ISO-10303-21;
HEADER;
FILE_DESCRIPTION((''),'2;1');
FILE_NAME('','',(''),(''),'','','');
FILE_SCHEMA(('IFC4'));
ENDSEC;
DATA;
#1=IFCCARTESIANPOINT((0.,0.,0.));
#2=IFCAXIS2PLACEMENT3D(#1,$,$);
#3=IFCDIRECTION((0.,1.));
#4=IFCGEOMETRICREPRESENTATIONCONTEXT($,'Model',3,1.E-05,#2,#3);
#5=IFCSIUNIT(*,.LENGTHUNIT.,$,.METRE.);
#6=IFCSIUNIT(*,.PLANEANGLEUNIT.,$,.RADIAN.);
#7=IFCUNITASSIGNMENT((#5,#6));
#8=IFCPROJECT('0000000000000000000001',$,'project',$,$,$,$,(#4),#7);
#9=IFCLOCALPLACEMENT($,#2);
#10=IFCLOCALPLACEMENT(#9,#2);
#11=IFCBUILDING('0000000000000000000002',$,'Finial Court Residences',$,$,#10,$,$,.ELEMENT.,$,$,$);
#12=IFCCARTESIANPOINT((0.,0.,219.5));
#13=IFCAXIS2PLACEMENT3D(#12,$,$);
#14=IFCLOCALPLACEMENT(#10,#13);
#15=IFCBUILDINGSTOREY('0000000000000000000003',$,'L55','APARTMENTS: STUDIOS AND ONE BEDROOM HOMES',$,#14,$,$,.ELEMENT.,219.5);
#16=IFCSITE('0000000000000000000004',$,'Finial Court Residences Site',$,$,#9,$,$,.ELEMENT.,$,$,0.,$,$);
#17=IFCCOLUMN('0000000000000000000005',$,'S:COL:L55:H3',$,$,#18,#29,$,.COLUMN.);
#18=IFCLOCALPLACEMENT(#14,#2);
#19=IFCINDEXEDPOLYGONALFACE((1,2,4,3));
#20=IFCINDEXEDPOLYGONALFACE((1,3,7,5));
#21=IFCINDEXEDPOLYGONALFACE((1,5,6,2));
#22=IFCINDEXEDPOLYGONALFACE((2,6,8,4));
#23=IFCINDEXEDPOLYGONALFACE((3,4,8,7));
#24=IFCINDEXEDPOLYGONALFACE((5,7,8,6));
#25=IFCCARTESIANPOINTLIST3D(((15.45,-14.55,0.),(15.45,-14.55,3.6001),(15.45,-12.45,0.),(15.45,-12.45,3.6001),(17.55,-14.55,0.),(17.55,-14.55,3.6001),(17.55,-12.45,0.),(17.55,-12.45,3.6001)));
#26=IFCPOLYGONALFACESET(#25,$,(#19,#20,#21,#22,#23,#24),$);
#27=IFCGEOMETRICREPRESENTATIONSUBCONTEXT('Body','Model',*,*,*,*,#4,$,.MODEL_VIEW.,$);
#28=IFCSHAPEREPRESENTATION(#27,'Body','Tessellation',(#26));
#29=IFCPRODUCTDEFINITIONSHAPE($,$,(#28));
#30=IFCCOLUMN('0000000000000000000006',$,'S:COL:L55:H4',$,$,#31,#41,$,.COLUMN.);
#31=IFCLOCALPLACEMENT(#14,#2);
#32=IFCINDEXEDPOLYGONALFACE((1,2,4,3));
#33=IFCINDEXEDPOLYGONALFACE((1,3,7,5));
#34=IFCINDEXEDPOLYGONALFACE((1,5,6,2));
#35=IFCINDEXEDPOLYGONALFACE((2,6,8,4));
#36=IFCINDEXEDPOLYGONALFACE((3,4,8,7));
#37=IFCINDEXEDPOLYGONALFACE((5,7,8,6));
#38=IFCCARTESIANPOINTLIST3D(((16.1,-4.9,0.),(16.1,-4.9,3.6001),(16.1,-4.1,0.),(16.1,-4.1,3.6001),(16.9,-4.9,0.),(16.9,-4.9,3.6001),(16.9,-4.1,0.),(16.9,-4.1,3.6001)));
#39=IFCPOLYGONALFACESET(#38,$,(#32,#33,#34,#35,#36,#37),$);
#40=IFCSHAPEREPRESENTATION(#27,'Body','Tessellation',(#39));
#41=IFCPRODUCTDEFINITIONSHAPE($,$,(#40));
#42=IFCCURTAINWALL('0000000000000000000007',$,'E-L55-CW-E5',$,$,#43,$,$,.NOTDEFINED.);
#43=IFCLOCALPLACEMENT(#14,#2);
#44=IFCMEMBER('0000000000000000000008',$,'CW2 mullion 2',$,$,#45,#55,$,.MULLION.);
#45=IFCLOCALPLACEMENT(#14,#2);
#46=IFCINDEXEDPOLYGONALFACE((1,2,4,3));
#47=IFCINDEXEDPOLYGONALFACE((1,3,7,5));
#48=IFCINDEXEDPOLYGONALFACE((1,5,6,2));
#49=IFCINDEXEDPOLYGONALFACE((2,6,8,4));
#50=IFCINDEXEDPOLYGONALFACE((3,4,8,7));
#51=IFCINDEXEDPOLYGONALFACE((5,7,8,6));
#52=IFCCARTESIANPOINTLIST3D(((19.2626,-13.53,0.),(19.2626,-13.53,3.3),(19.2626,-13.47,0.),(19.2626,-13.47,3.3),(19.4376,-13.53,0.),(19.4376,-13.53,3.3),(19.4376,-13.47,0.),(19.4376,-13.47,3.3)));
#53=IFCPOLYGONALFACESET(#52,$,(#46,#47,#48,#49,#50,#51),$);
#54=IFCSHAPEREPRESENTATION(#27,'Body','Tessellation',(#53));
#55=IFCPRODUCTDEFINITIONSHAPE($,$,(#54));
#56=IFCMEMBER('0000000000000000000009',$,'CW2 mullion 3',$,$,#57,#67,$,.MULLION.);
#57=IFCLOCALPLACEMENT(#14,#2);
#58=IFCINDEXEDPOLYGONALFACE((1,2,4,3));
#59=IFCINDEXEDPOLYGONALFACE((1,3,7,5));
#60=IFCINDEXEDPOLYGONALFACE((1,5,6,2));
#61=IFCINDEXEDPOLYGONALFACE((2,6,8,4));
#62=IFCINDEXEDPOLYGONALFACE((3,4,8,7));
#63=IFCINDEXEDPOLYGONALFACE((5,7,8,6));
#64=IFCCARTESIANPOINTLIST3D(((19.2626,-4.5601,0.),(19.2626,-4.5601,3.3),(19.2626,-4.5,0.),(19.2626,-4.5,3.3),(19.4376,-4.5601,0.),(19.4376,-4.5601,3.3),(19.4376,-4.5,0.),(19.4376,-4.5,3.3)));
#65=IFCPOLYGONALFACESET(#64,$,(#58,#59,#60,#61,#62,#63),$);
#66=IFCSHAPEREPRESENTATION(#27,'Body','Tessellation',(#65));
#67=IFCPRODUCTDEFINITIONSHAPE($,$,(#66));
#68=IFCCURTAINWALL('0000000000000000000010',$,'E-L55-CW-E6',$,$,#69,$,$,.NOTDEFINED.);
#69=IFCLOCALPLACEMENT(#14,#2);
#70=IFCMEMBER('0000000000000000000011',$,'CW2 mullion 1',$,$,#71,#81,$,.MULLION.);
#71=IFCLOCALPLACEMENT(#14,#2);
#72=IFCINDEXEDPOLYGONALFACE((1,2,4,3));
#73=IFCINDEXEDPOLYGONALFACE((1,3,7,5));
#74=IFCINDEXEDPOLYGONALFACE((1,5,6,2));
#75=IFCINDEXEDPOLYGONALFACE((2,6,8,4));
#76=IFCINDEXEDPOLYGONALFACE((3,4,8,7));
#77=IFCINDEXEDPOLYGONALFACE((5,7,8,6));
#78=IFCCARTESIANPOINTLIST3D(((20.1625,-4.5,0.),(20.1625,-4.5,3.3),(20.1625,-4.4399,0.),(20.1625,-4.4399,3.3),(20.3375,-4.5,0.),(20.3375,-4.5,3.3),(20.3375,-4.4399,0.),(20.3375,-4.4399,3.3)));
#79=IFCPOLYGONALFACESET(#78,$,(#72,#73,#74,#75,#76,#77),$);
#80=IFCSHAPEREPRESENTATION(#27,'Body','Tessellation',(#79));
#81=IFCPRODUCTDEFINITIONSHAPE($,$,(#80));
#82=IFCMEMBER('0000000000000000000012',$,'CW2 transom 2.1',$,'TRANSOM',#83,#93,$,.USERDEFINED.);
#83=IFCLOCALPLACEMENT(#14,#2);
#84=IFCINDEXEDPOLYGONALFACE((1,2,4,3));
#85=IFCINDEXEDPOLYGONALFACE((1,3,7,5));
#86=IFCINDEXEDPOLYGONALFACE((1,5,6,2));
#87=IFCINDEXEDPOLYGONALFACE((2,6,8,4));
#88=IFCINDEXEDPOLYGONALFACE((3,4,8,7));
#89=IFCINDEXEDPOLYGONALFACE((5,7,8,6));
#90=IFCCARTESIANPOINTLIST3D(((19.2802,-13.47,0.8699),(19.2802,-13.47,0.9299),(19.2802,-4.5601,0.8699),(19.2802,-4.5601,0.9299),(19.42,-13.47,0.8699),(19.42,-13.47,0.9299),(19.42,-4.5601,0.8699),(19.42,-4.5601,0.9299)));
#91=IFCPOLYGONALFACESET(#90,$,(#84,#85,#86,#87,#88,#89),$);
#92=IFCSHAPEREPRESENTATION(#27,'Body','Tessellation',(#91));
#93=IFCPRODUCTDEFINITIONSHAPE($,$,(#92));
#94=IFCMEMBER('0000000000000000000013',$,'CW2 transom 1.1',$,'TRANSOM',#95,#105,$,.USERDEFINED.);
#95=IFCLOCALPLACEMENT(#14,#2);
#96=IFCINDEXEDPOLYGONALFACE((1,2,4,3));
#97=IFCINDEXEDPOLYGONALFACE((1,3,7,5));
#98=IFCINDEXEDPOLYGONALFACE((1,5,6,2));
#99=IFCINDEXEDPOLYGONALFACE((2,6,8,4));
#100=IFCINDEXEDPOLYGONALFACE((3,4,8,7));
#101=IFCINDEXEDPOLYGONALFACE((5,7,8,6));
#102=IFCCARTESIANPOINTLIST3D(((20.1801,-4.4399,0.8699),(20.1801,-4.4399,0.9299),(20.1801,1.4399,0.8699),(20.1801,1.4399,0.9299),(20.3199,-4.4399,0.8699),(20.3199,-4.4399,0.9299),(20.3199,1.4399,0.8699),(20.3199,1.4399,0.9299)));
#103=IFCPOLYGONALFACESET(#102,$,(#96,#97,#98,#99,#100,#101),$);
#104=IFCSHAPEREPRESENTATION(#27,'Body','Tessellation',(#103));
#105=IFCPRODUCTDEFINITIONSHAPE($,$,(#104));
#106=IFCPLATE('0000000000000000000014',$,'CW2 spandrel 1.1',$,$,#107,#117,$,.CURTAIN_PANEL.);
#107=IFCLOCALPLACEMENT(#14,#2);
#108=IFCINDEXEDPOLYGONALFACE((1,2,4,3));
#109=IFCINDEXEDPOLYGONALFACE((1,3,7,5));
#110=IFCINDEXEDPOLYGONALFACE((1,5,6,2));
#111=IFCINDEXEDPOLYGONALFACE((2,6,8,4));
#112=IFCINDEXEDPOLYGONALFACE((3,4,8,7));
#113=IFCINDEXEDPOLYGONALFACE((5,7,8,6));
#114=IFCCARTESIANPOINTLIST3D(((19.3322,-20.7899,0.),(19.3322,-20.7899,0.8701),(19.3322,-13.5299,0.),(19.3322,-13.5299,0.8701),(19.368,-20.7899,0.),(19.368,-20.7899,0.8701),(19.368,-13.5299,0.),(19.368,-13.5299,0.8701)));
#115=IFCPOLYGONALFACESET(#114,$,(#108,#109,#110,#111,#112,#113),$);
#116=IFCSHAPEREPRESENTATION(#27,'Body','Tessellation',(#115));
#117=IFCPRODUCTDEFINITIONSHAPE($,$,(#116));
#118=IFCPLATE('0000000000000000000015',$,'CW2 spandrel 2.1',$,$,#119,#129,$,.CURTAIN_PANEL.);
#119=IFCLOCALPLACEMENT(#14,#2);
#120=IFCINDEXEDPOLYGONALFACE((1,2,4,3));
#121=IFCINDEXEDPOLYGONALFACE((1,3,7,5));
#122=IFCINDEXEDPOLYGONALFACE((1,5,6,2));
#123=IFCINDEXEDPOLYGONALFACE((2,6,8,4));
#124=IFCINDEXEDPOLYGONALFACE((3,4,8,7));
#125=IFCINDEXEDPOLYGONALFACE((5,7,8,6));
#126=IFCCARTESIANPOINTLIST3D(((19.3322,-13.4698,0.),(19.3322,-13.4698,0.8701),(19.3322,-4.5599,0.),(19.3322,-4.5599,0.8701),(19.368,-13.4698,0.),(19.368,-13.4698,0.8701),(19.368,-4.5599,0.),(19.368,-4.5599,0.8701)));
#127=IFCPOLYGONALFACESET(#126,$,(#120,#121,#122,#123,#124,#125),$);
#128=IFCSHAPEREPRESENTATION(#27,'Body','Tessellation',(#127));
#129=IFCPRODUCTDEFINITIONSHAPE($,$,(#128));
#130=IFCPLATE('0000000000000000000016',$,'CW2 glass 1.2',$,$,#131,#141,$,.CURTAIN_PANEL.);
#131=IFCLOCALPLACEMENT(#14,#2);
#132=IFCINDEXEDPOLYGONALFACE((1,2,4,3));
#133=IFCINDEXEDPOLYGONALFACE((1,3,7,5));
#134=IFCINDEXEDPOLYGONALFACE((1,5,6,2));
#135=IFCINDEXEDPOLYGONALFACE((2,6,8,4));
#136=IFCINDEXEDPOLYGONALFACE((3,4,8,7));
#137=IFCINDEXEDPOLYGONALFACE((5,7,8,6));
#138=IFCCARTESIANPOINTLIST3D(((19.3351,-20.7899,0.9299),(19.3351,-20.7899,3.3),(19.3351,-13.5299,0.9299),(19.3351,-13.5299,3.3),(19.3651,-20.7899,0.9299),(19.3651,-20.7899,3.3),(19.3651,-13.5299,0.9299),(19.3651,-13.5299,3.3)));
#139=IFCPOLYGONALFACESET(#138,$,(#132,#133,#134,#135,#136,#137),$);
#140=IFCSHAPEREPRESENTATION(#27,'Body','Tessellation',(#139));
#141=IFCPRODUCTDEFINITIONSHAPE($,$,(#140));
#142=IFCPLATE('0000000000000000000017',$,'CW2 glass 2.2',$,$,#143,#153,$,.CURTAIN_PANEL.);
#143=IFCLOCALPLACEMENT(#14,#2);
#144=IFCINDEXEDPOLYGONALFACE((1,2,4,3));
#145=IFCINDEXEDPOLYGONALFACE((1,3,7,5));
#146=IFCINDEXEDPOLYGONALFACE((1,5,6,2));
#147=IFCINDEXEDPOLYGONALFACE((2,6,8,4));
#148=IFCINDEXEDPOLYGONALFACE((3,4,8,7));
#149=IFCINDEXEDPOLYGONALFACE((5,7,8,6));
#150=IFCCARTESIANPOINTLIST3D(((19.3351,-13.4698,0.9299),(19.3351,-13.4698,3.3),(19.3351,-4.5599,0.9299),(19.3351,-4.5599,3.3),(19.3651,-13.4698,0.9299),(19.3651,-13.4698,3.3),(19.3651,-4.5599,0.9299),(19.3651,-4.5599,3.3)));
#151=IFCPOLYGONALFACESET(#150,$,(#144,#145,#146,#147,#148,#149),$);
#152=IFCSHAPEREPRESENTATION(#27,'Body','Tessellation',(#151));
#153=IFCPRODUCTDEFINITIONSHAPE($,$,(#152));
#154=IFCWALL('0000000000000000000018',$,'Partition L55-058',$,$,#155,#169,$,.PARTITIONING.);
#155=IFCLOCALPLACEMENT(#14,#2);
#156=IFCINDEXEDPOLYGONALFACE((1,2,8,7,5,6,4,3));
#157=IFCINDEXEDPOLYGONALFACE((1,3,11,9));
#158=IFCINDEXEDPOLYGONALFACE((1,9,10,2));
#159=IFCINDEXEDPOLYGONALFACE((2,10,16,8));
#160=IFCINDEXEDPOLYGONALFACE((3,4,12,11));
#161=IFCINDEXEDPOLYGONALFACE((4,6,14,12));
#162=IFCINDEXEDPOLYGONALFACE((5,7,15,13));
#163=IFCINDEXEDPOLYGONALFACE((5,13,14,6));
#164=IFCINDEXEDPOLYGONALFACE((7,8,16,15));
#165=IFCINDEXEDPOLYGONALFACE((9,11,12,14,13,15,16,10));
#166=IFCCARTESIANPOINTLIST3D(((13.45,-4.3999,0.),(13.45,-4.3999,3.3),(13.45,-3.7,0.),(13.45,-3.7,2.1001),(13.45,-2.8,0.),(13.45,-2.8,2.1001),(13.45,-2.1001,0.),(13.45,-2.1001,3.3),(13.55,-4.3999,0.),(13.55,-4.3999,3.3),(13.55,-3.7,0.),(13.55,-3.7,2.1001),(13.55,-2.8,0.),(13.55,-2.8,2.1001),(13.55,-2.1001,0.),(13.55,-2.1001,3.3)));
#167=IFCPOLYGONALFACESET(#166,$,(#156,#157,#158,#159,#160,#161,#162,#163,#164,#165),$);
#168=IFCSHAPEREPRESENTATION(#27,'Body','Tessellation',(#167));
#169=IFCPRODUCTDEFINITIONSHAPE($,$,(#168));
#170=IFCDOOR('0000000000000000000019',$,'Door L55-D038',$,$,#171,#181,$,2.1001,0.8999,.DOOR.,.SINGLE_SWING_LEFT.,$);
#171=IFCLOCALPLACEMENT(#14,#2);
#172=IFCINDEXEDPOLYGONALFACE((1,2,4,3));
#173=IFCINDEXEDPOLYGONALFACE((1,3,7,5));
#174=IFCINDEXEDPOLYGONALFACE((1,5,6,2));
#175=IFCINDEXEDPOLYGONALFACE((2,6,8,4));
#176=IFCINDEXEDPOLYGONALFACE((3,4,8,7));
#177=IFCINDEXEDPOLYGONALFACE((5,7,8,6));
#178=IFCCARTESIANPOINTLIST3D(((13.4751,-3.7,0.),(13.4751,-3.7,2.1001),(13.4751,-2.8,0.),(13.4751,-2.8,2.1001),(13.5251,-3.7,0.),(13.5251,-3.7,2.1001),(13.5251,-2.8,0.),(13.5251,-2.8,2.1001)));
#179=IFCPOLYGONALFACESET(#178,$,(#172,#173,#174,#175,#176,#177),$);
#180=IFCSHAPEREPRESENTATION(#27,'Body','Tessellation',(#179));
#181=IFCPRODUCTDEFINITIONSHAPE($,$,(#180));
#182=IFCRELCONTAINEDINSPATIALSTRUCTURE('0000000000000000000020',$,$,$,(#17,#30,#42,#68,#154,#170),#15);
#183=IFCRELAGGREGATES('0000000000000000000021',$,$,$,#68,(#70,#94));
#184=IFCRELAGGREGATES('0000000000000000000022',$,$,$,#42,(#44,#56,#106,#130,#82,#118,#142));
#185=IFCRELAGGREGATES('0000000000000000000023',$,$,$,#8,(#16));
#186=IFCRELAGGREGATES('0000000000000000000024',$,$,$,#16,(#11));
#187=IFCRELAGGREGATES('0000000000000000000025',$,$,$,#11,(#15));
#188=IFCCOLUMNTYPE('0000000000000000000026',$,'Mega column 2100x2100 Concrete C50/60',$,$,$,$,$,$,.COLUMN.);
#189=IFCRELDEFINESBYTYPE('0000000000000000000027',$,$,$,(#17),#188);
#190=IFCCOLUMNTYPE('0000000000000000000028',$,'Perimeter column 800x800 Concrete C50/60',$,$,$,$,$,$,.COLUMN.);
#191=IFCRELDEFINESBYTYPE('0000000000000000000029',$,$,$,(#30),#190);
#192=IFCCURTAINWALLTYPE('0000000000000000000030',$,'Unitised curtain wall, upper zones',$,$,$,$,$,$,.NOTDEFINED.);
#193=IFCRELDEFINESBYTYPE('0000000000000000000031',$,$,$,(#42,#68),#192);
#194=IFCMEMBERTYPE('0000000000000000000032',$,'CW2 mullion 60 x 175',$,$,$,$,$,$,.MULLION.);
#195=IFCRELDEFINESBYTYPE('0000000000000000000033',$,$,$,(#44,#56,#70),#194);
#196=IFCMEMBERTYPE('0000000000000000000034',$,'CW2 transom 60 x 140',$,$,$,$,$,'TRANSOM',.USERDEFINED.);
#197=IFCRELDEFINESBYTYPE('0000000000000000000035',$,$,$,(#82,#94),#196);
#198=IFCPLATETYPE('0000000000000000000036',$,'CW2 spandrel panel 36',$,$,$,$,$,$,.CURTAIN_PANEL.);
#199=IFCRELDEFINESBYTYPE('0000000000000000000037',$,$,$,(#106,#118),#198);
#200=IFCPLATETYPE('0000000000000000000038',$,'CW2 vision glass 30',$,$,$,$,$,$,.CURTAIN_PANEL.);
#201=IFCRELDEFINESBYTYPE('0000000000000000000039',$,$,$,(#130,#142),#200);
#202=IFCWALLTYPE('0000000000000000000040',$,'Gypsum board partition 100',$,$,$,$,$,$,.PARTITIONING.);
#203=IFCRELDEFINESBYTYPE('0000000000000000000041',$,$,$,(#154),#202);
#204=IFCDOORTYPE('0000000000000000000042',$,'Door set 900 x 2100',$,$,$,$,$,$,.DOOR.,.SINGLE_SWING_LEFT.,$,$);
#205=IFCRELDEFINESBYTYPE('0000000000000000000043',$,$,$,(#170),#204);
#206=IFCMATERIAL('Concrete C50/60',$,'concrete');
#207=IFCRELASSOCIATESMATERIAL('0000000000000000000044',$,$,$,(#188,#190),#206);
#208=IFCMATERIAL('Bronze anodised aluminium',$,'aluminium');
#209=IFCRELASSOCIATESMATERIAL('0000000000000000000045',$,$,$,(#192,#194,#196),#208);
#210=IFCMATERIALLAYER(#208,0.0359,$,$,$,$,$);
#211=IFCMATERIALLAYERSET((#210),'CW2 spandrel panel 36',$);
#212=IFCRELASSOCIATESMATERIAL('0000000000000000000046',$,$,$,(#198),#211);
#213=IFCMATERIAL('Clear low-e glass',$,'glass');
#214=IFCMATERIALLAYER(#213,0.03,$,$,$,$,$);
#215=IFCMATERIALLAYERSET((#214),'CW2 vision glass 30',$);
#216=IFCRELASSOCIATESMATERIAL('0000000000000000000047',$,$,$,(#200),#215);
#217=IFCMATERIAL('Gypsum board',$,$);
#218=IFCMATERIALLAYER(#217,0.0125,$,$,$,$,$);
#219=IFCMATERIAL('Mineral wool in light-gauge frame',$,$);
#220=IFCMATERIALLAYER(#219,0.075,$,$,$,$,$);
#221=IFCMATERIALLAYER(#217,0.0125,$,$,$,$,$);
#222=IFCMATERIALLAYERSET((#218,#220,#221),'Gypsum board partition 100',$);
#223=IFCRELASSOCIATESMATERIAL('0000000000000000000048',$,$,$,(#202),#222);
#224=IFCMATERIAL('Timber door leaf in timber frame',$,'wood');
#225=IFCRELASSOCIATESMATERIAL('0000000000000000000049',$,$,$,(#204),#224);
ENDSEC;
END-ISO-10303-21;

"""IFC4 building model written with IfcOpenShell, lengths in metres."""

from ifc_helpers import new_model, si_unit, direction, frame, frame_2d, origin, origin_2d, place, context, subcontext, project, spatial, rectangle, extrude, material, layer, layer_set, material_profile, profile_set, type_object, element, fill, aggregate, save


model = new_model("IFC4")

# Units and contexts
model_context = context("Model", 3, precision=1e-05, world=origin(), true_north=direction((0.0, 1.0)))
body_context = subcontext(model_context, "Body", "Model", "MODEL_VIEW")
ifc_project = project(units=[si_unit("LENGTHUNIT", "METRE"), si_unit("PLANEANGLEUNIT", "RADIAN")], contexts=[model_context])

# Site, building, storey
site_placement = place(None, origin())
site = spatial("IfcSite", under=ifc_project, at=site_placement, Name="Finial Court Residences Site", CompositionType="ELEMENT", RefElevation=0.0)
building_placement = place(site_placement, origin())
building = spatial("IfcBuilding", under=site, at=building_placement, Name="Finial Court Residences", CompositionType="ELEMENT")
storey_placement = place(building_placement, frame((0.0, 0.0, 219.5)))
storey = spatial("IfcBuildingStorey", under=building, at=storey_placement, Name="L55", Description="APARTMENTS: STUDIOS AND ONE BEDROOM HOMES", CompositionType="ELEMENT", Elevation=219.5)

# Columns
ifc_material_1 = material(Name="Concrete C50/60", Category="concrete")
ifc_material_profile_1 = material_profile(ifc_material_1, rectangle(XDim=2.1001, YDim=2.1001, at=origin_2d()), Name="2100x2100")
ifc_profile_set_1 = profile_set([ifc_material_profile_1], Name="Concrete C50/60")
column_type_1 = type_object("IfcColumnType", Name="Mega column 2100x2100 Concrete C50/60", PredefinedType="COLUMN", material=ifc_profile_set_1)
column_1_placement = place(storey_placement, frame((16.5, -13.5, 0.0), z_axis=(0.0, 0.0, 1.0), x_axis=(1.0, 0.0, 0.0)))
element("IfcColumn", 1, at=column_1_placement, inside=storey, type_object=column_type_1, Name="S:COL:L55:H3", PredefinedType="COLUMN", context=body_context, shape_type="SweptSolid", body=[
    extrude(rectangle(XDim=2.1001, YDim=2.1001, at=origin_2d()), origin(), (0.0, 0.0, 1.0), 3.6001),
])
ifc_material_profile_2 = material_profile(ifc_material_1, rectangle(XDim=0.8, YDim=0.8, at=origin_2d()), Name="800x800")
ifc_profile_set_2 = profile_set([ifc_material_profile_2], Name="Concrete C50/60")
column_type_2 = type_object("IfcColumnType", Name="Perimeter column 800x800 Concrete C50/60", PredefinedType="COLUMN", material=ifc_profile_set_2)
column_2_placement = place(storey_placement, frame((16.5, -4.5, 0.0), z_axis=(0.0, 0.0, 1.0), x_axis=(1.0, 0.0, 0.0)))
element("IfcColumn", 2, at=column_2_placement, inside=storey, type_object=column_type_2, Name="S:COL:L55:H4", PredefinedType="COLUMN", context=body_context, shape_type="SweptSolid", body=[
    extrude(rectangle(XDim=0.8, YDim=0.8, at=origin_2d()), origin(), (0.0, 0.0, 1.0), 3.6001),
])

# Curtain wall, members
ifc_material_2 = material(Name="Bronze anodised aluminium", Category="aluminium")
curtain_wall_type = type_object("IfcCurtainWallType", Name="Unitised curtain wall, upper zones", PredefinedType="NOTDEFINED", material=ifc_material_2)
curtain_wall_1_placement = place(storey_placement, origin())
curtain_wall_1 = element("IfcCurtainWall", 3, at=curtain_wall_1_placement, inside=storey, type_object=curtain_wall_type, Name="E-L55-CW-E5", PredefinedType="NOTDEFINED")
ifc_material_profile_3 = material_profile(ifc_material_2, rectangle(XDim=0.175, YDim=0.0601, at=origin_2d()), Name="CW2 mullion 60 x 175")
ifc_profile_set_3 = profile_set([ifc_material_profile_3], Name="Bronze anodised aluminium")
member_type_1 = type_object("IfcMemberType", Name="CW2 mullion 60 x 175", PredefinedType="MULLION", material=ifc_profile_set_3)
member_1_placement = place(storey_placement, frame((19.3501, -13.5, 0.0), z_axis=(0.0, 0.0, 1.0), x_axis=(-1.0, 0.0, 0.0)))
member_1 = element("IfcMember", 4, at=member_1_placement, type_object=member_type_1, Name="CW2 mullion 2", PredefinedType="MULLION", context=body_context, shape_type="SweptSolid", body=[
    extrude(rectangle(XDim=0.175, YDim=0.0601, at=origin_2d()), origin(), (0.0, 0.0, 1.0), 3.3),
])
member_2_placement = place(storey_placement, frame((19.3501, -4.53, 0.0), z_axis=(0.0, 0.0, 1.0), x_axis=(-1.0, 0.0, 0.0)))
member_2 = element("IfcMember", 5, at=member_2_placement, type_object=member_type_1, Name="CW2 mullion 3", PredefinedType="MULLION", context=body_context, shape_type="SweptSolid", body=[
    extrude(rectangle(XDim=0.175, YDim=0.0601, at=origin_2d()), origin(), (0.0, 0.0, 1.0), 3.3),
])

# Curtain wall, member
curtain_wall_2_placement = place(storey_placement, origin())
curtain_wall_2 = element("IfcCurtainWall", 6, at=curtain_wall_2_placement, inside=storey, type_object=curtain_wall_type, Name="E-L55-CW-E6", PredefinedType="NOTDEFINED")
member_3_placement = place(storey_placement, frame((20.25, -4.47, 0.0), z_axis=(0.0, 0.0, 1.0), x_axis=(-1.0, 0.0, 0.0)))
member_3 = element("IfcMember", 7, at=member_3_placement, type_object=member_type_1, Name="CW2 mullion 1", PredefinedType="MULLION", context=body_context, shape_type="SweptSolid", body=[
    extrude(rectangle(XDim=0.175, YDim=0.0601, at=origin_2d()), origin(), (0.0, 0.0, 1.0), 3.3),
])

# Members
ifc_material_profile_4 = material_profile(ifc_material_2, rectangle(XDim=0.1399, YDim=0.0601, at=origin_2d()), Name="CW2 transom 60 x 140")
ifc_profile_set_4 = profile_set([ifc_material_profile_4], Name="Bronze anodised aluminium")
member_type_2 = type_object("IfcMemberType", Name="CW2 transom 60 x 140", ElementType="TRANSOM", PredefinedType="USERDEFINED", material=ifc_profile_set_4)
member_4_placement = place(storey_placement, frame((19.3501, -13.47, 0.8999), z_axis=(0.0, 1.0, 0.0), x_axis=(-1.0, 0.0, 0.0)))
member_4 = element("IfcMember", 8, at=member_4_placement, type_object=member_type_2, Name="CW2 transom 2.1", ObjectType="TRANSOM", PredefinedType="USERDEFINED", context=body_context, shape_type="SweptSolid", body=[
    extrude(rectangle(XDim=0.1399, YDim=0.0601, at=origin_2d()), origin(), (0.0, 0.0, 1.0), 8.9099),
])
member_5_placement = place(storey_placement, frame((20.25, -4.4399, 0.8999), z_axis=(0.0, 1.0, 0.0), x_axis=(-1.0, 0.0, 0.0)))
member_5 = element("IfcMember", 9, at=member_5_placement, type_object=member_type_2, Name="CW2 transom 1.1", ObjectType="TRANSOM", PredefinedType="USERDEFINED", context=body_context, shape_type="SweptSolid", body=[
    extrude(rectangle(XDim=0.1399, YDim=0.0601, at=origin_2d()), origin(), (0.0, 0.0, 1.0), 5.8799),
])
aggregate(curtain_wall_2, [member_3, member_5])

# Plates
ifc_layer_1 = layer(ifc_material_2, 0.0359)
ifc_layer_set_1 = layer_set([ifc_layer_1], Name="CW2 spandrel panel 36")
plate_type_1 = type_object("IfcPlateType", Name="CW2 spandrel panel 36", PredefinedType="CURTAIN_PANEL", material=ifc_layer_set_1)
plate_1_placement = place(storey_placement, frame((19.3501, -17.1599, 0.0), z_axis=(0.0, 0.0, 1.0), x_axis=(0.0, 1.0, 0.0)))
plate_1 = element("IfcPlate", 10, at=plate_1_placement, type_object=plate_type_1, Name="CW2 spandrel 1.1", PredefinedType="CURTAIN_PANEL", context=body_context, shape_type="SweptSolid", body=[
    extrude(rectangle(XDim=7.26, YDim=0.0359, at=origin_2d()), origin(), (0.0, 0.0, 1.0), 0.8701),
])
plate_2_placement = place(storey_placement, frame((19.3501, -9.0149, 0.0), z_axis=(0.0, 0.0, 1.0), x_axis=(0.0, 1.0, 0.0)))
plate_2 = element("IfcPlate", 11, at=plate_2_placement, type_object=plate_type_1, Name="CW2 spandrel 2.1", PredefinedType="CURTAIN_PANEL", context=body_context, shape_type="SweptSolid", body=[
    extrude(rectangle(XDim=8.9099, YDim=0.0359, at=origin_2d()), origin(), (0.0, 0.0, 1.0), 0.8701),
])
ifc_material_3 = material(Name="Clear low-e glass", Category="glass")
ifc_layer_2 = layer(ifc_material_3, 0.03)
ifc_layer_set_2 = layer_set([ifc_layer_2], Name="CW2 vision glass 30")
plate_type_2 = type_object("IfcPlateType", Name="CW2 vision glass 30", PredefinedType="CURTAIN_PANEL", material=ifc_layer_set_2)
plate_3_placement = place(storey_placement, frame((19.3501, -17.1599, 0.9299), z_axis=(0.0, 0.0, 1.0), x_axis=(0.0, 1.0, 0.0)))
plate_3 = element("IfcPlate", 12, at=plate_3_placement, type_object=plate_type_2, Name="CW2 glass 1.2", PredefinedType="CURTAIN_PANEL", context=body_context, shape_type="SweptSolid", body=[
    extrude(rectangle(XDim=7.26, YDim=0.03, at=origin_2d()), origin(), (0.0, 0.0, 1.0), 2.3701),
])
plate_4_placement = place(storey_placement, frame((19.3501, -9.0149, 0.9299), z_axis=(0.0, 0.0, 1.0), x_axis=(0.0, 1.0, 0.0)))
plate_4 = element("IfcPlate", 13, at=plate_4_placement, type_object=plate_type_2, Name="CW2 glass 2.2", PredefinedType="CURTAIN_PANEL", context=body_context, shape_type="SweptSolid", body=[
    extrude(rectangle(XDim=8.9099, YDim=0.03, at=origin_2d()), origin(), (0.0, 0.0, 1.0), 2.3701),
])
aggregate(curtain_wall_1, [member_1, member_2, plate_1, plate_3, member_4, plate_2, plate_4])

# Wall, opening, door
ifc_material_4 = material(Name="Gypsum board")
ifc_layer_3 = layer(ifc_material_4, 0.0125)
ifc_material_5 = material(Name="Mineral wool in light-gauge frame")
ifc_layer_4 = layer(ifc_material_5, 0.075)
ifc_layer_5 = layer(ifc_material_4, 0.0125)
ifc_layer_set_3 = layer_set([ifc_layer_3, ifc_layer_4, ifc_layer_5], Name="Gypsum board partition 100")
wall_type_1 = type_object("IfcWallType", Name="Gypsum board partition 100", PredefinedType="PARTITIONING", material=ifc_layer_set_3)
wall_1_placement = place(storey_placement, frame((13.5, -4.3999, 0.0), z_axis=(0.0, 0.0, 1.0), x_axis=(0.0, 1.0, 0.0)))
wall_1 = element("IfcWall", 14, at=wall_1_placement, inside=storey, type_object=wall_type_1, Name="Partition L55-058", PredefinedType="PARTITIONING", context=body_context, shape_type="SweptSolid", body=[
    extrude(rectangle(XDim=2.2998, YDim=0.1001, at=frame_2d((1.1499, 0.0))), origin(), (0.0, 0.0, 1.0), 3.3),
])
opening_1_placement = place(wall_1_placement, frame((0.7, 0.0, 0.0)))
opening_1 = element("IfcOpeningElement", 15, at=opening_1_placement, cuts=wall_1, PredefinedType="OPENING", context=body_context, shape_type="SweptSolid", body=[
    extrude(rectangle(XDim=0.8999, YDim=2.1001, at=frame_2d((0.45, 1.05))), frame((0.0, 0.0601, 0.0), z_axis=(0.0, -1.0, 0.0), x_axis=(1.0, 0.0, 0.0)), (0.0, 0.0, 1.0), 0.1201),
])
ifc_material_6 = material(Name="Timber door leaf in timber frame", Category="wood")
door_type = type_object("IfcDoorType", Name="Door set 900 x 2100", OperationType="SINGLE_SWING_LEFT", PredefinedType="DOOR", material=ifc_material_6)
door_1_placement = place(opening_1_placement, origin())
door_1 = element("IfcDoor", 16, at=door_1_placement, inside=storey, type_object=door_type, Name="Door L55-D038", OperationType="SINGLE_SWING_LEFT", OverallHeight=2.1001, OverallWidth=0.8999, PredefinedType="DOOR", context=body_context, shape_type="SweptSolid", body=[
    extrude(rectangle(XDim=0.8999, YDim=2.1001, at=frame_2d((0.45, 1.05))), frame((0.0, 0.0249, 0.0), z_axis=(0.0, -1.0, 0.0), x_axis=(1.0, 0.0, 0.0)), (0.0, 0.0, 1.0), 0.05),
])
fill(opening_1, door_1)

save(model, "model.ifc")
